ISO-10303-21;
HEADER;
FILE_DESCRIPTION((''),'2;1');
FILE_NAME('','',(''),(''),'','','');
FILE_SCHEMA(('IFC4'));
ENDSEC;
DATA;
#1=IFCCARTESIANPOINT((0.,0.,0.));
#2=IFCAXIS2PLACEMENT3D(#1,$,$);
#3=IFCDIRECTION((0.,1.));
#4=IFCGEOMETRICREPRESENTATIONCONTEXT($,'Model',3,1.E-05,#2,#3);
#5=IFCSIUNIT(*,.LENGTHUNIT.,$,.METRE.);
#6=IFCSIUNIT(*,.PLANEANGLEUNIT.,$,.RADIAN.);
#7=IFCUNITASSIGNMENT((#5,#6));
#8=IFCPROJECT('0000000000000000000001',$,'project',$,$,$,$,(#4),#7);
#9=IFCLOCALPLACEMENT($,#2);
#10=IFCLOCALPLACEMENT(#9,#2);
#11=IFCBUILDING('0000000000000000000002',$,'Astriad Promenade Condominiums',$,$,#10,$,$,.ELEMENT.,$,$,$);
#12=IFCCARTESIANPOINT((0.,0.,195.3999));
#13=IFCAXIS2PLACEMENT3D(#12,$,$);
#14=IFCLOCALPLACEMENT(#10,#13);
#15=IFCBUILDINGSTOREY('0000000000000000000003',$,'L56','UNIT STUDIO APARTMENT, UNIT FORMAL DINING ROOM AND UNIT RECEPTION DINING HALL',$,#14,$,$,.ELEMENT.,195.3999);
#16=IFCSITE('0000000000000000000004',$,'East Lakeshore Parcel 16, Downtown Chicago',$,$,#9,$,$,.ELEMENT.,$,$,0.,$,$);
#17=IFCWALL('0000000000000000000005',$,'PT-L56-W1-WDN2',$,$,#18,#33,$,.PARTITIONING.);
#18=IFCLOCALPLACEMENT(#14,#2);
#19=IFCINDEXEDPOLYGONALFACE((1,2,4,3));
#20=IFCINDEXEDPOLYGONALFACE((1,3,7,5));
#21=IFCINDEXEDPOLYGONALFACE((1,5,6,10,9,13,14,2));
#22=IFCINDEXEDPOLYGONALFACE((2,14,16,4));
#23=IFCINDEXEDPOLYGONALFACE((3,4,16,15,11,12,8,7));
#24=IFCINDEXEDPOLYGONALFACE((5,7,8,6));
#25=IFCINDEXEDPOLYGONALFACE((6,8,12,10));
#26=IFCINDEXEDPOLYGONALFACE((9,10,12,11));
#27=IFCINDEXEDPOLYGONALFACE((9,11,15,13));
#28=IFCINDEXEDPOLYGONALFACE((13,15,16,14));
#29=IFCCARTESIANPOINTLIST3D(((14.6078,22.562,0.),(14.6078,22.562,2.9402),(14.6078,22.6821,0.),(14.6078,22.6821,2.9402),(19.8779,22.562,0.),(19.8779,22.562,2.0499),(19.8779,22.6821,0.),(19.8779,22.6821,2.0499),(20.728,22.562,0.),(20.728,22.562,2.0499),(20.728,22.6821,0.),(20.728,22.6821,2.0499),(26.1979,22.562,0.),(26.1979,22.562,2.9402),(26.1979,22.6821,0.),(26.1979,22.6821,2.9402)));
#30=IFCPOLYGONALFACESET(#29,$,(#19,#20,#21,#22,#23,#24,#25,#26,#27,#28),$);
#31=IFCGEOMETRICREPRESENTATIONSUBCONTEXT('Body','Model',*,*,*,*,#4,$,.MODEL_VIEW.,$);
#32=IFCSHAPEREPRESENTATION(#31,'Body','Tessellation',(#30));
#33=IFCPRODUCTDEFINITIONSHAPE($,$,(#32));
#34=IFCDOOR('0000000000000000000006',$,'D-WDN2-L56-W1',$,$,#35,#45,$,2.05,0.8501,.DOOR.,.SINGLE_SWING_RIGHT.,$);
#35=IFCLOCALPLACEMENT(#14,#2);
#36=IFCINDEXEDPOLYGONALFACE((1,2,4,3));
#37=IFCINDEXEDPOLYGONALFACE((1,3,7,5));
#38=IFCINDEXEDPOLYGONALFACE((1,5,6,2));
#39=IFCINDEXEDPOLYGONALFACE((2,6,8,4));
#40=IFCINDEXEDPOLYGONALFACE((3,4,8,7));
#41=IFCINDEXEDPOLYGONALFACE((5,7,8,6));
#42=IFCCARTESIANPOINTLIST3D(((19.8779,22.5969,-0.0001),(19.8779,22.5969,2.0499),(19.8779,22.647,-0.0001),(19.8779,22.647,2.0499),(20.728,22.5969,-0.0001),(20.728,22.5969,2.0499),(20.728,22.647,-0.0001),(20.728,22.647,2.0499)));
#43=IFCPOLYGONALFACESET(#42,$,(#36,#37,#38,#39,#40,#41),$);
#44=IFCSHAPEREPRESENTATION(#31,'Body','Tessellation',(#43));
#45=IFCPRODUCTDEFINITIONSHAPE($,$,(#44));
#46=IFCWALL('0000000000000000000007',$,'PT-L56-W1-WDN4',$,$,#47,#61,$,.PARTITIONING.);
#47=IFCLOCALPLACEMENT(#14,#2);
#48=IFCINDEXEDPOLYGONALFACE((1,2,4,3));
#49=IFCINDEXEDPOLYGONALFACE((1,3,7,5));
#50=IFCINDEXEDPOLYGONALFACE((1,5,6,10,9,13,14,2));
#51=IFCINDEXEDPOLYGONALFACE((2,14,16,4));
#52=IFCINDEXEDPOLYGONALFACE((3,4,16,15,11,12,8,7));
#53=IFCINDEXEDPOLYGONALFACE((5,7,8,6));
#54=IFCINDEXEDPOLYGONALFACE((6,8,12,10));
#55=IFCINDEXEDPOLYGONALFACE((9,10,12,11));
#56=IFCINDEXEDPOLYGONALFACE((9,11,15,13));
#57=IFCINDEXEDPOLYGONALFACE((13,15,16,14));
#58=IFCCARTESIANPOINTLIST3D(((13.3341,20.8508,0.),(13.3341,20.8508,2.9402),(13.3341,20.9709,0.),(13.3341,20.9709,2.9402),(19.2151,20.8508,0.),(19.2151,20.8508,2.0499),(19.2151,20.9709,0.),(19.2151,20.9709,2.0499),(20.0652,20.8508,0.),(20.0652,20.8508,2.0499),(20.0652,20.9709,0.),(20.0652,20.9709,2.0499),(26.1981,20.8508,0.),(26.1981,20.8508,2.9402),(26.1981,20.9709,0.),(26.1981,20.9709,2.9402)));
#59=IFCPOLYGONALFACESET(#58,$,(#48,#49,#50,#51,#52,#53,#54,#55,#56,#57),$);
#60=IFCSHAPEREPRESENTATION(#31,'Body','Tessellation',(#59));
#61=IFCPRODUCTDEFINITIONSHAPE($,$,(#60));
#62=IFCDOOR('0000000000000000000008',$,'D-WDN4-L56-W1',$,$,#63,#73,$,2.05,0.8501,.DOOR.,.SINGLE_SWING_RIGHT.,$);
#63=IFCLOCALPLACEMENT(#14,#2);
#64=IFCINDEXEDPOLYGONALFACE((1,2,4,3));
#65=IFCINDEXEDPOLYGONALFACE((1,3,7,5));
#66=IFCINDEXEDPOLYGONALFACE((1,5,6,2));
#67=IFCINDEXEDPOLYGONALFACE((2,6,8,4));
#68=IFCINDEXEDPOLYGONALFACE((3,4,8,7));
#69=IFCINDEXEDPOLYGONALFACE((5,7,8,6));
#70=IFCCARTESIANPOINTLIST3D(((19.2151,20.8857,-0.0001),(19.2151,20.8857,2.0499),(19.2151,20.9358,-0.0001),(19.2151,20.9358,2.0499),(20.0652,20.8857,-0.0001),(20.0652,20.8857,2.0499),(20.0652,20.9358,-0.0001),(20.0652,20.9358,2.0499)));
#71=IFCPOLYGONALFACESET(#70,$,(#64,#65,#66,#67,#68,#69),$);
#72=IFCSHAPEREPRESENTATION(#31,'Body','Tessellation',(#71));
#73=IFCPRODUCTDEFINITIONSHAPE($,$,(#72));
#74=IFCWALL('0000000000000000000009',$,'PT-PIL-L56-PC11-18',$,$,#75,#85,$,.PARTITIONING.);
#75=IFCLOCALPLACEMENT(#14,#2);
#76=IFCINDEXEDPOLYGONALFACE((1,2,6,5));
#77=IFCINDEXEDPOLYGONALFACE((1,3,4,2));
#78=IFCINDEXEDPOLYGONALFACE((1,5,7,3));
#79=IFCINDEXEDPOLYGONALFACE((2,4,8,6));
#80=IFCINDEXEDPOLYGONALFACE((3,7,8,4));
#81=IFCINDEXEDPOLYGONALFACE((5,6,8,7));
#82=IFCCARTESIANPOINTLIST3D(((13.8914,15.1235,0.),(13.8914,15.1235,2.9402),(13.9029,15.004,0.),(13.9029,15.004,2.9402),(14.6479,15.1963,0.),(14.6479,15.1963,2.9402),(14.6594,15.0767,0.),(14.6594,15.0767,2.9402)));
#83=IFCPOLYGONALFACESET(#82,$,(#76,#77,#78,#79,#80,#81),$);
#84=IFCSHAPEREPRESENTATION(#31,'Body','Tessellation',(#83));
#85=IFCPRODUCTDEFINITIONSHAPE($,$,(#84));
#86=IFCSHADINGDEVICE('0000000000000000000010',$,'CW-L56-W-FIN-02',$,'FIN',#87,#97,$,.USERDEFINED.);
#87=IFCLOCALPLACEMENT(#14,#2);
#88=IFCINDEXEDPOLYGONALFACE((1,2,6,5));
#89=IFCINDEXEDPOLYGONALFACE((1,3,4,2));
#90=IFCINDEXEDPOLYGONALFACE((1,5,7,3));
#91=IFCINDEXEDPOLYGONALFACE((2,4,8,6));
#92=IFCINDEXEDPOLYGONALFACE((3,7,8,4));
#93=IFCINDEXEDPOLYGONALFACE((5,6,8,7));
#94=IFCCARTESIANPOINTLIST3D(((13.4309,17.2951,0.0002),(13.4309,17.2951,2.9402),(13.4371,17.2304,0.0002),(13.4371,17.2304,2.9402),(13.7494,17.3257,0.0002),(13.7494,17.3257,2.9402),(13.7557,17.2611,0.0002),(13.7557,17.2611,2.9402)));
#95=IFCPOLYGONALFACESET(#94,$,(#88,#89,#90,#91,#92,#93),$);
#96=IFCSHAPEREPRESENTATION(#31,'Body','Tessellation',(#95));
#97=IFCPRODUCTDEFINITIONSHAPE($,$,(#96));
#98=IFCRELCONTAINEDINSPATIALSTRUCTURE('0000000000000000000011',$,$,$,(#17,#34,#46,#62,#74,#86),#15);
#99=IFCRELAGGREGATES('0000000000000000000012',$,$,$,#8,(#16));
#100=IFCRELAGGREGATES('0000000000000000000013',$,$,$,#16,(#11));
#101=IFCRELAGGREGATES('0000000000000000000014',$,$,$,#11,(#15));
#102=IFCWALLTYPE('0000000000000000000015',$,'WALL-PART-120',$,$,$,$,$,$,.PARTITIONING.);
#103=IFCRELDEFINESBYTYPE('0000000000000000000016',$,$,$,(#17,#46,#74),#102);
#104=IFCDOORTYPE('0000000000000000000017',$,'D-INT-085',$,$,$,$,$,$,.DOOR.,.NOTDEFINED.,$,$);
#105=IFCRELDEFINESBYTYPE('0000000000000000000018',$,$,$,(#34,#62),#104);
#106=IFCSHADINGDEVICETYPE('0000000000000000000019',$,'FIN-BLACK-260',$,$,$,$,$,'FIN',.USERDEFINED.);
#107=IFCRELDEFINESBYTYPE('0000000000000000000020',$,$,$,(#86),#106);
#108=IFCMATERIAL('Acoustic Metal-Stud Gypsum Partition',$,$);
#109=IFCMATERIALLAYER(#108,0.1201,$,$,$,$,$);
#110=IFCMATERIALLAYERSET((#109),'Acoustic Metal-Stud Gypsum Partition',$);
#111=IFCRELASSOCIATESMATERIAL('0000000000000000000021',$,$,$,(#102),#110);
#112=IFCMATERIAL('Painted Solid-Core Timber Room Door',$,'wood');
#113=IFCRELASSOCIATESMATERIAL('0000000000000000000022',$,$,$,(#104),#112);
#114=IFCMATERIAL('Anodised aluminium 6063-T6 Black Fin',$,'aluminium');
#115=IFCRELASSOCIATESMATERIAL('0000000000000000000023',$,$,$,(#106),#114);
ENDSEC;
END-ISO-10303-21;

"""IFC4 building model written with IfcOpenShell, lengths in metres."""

from ifc_helpers import new_model, si_unit, direction, frame, frame_2d, origin, origin_2d, place, context, subcontext, project, spatial, rectangle, extrude, source, transform, mapped, material, layer, layer_set, type_object, type_shapes, element, fill, save


model = new_model("IFC4")

# Units and contexts
model_context = context("Model", 3, precision=1e-05, world=origin(), true_north=direction((0.0, 1.0)))
body_context = subcontext(model_context, "Body", "Model", "MODEL_VIEW")
ifc_project = project(units=[si_unit("LENGTHUNIT", "METRE"), si_unit("PLANEANGLEUNIT", "RADIAN")], contexts=[model_context])

# Site, building, storey
site_placement = place(None, origin())
site = spatial("IfcSite", under=ifc_project, at=site_placement, Name="East Lakeshore Parcel 16, Downtown Chicago", CompositionType="ELEMENT", RefElevation=0.0)
building_placement = place(site_placement, origin())
building = spatial("IfcBuilding", under=site, at=building_placement, Name="Astriad Promenade Condominiums", CompositionType="ELEMENT")
storey_placement = place(building_placement, frame((0.0, 0.0, 195.3999)))
storey = spatial("IfcBuildingStorey", under=building, at=storey_placement, Name="L56", Description="UNIT STUDIO APARTMENT, UNIT FORMAL DINING ROOM AND UNIT RECEPTION DINING HALL", CompositionType="ELEMENT", Elevation=195.3999)

# Walls, openings, doors
ifc_material_1 = material(Name="Acoustic Metal-Stud Gypsum Partition")
ifc_layer_1 = layer(ifc_material_1, 0.1201)
ifc_layer_set_1 = layer_set([ifc_layer_1], Name="Acoustic Metal-Stud Gypsum Partition")
wall_type_1 = type_object("IfcWallType", Name="WALL-PART-120", PredefinedType="PARTITIONING", material=ifc_layer_set_1)
wall_1_placement = place(storey_placement, frame((14.6079, 22.6221, 0.0), z_axis=(0.0, 0.0, 1.0), x_axis=(1.0, 0.0, 0.0)))
wall_1 = element("IfcWall", 1, at=wall_1_placement, inside=storey, type_object=wall_type_1, Name="PT-L56-W1-WDN2", PredefinedType="PARTITIONING", context=body_context, shape_type="SweptSolid", body=[
    extrude(rectangle(XDim=11.5901, YDim=0.1201, at=frame_2d((5.7949, 0.0))), origin(), (0.0, 0.0, 1.0), 2.9402),
])
opening_1_placement = place(wall_1_placement, frame((5.27, 0.0, 0.0)))
opening_1 = element("IfcOpeningElement", 2, at=opening_1_placement, cuts=wall_1, PredefinedType="OPENING", context=body_context, shape_type="SweptSolid", body=[
    extrude(rectangle(XDim=0.8501, YDim=2.05, at=frame_2d((0.425, 1.0249))), frame((0.0, 0.0701, 0.0), z_axis=(0.0, -1.0, 0.0), x_axis=(1.0, 0.0, 0.0)), (0.0, 0.0, 1.0), 0.1401),
])
ifc_material_2 = material(Name="Painted Solid-Core Timber Room Door", Category="wood")
door_type = type_object("IfcDoorType", Name="D-INT-085", OperationType="NOTDEFINED", PredefinedType="DOOR", material=ifc_material_2)
shared_shape_1 = source(origin(), body_context, "Body", "SweptSolid", [
    extrude(rectangle(XDim=0.8501, YDim=2.05, at=frame_2d((0.425, 1.0249))), frame((0.0, 0.0249, 0.0), z_axis=(0.0, -1.0, 0.0), x_axis=(1.0, 0.0, 0.0)), (0.0, 0.0, 1.0), 0.05),
])
type_shapes(door_type, [shared_shape_1])
door_1_placement = place(opening_1_placement, origin())
door_1 = element("IfcDoor", 3, at=door_1_placement, inside=storey, type_object=door_type, Name="D-WDN2-L56-W1", OperationType="SINGLE_SWING_RIGHT", OverallHeight=2.05, OverallWidth=0.8501, PredefinedType="DOOR", context=body_context, shape_type="MappedRepresentation", body=[
    mapped(shared_shape_1, transform((0.0, 0.0, 0.0), scale=1.0)),
])
fill(opening_1, door_1)
wall_2_placement = place(storey_placement, frame((13.334, 20.9109, 0.0), z_axis=(0.0, 0.0, 1.0), x_axis=(1.0, 0.0, 0.0)))
wall_2 = element("IfcWall", 4, at=wall_2_placement, inside=storey, type_object=wall_type_1, Name="PT-L56-W1-WDN4", PredefinedType="PARTITIONING", context=body_context, shape_type="SweptSolid", body=[
    extrude(rectangle(XDim=12.864, YDim=0.1201, at=frame_2d((6.4321, 0.0))), origin(), (0.0, 0.0, 1.0), 2.9402),
])
opening_2_placement = place(wall_2_placement, frame((5.8811, 0.0, 0.0)))
opening_2 = element("IfcOpeningElement", 5, at=opening_2_placement, cuts=wall_2, PredefinedType="OPENING", context=body_context, shape_type="SweptSolid", body=[
    extrude(rectangle(XDim=0.8501, YDim=2.05, at=frame_2d((0.425, 1.0249))), frame((0.0, 0.0701, 0.0), z_axis=(0.0, -1.0, 0.0), x_axis=(1.0, 0.0, 0.0)), (0.0, 0.0, 1.0), 0.1401),
])
door_2_placement = place(opening_2_placement, origin())
door_2 = element("IfcDoor", 6, at=door_2_placement, inside=storey, type_object=door_type, Name="D-WDN4-L56-W1", OperationType="SINGLE_SWING_RIGHT", OverallHeight=2.05, OverallWidth=0.8501, PredefinedType="DOOR", context=body_context, shape_type="MappedRepresentation", body=[
    mapped(shared_shape_1, transform((0.0, 0.0, 0.0), scale=1.0)),
])
fill(opening_2, door_2)

# Wall
wall_3_placement = place(storey_placement, frame((14.6536, 15.1365, 0.0), z_axis=(0.0, 0.0, 1.0), x_axis=(-0.995408, -0.095719, 0.0)))
element("IfcWall", 7, at=wall_3_placement, inside=storey, type_object=wall_type_1, Name="PT-PIL-L56-PC11-18", PredefinedType="PARTITIONING", context=body_context, shape_type="SweptSolid", body=[
    extrude(rectangle(XDim=0.76, YDim=0.1201, at=frame_2d((0.3799, 0.0))), origin(), (0.0, 0.0, 1.0), 2.9402),
])

# Shading device
ifc_material_3 = material(Name="Anodised aluminium 6063-T6 Black Fin", Category="aluminium")
shading_device_type = type_object("IfcShadingDeviceType", Name="FIN-BLACK-260", ElementType="FIN", PredefinedType="USERDEFINED", material=ifc_material_3)
shared_shape_2 = source(origin(), body_context, "Body", "SweptSolid", [
    extrude(rectangle(XDim=0.0649, YDim=0.3201, at=origin_2d()), origin(), (0.0, 0.0, 1.0), 2.9399),
])
type_shapes(shading_device_type, [shared_shape_2])
shading_device_placement = place(storey_placement, frame((13.5933, 17.2781, 0.0002), z_axis=(0.0, 0.0, 1.0), x_axis=(-0.095846, 0.995396, 0.0)))
element("IfcShadingDevice", 8, at=shading_device_placement, inside=storey, type_object=shading_device_type, Name="CW-L56-W-FIN-02", ObjectType="FIN", PredefinedType="USERDEFINED", context=body_context, shape_type="MappedRepresentation", body=[
    mapped(shared_shape_2, transform((0.0, 0.0, 0.0), scale=1.0)),
])

save(model, "model.ifc")
